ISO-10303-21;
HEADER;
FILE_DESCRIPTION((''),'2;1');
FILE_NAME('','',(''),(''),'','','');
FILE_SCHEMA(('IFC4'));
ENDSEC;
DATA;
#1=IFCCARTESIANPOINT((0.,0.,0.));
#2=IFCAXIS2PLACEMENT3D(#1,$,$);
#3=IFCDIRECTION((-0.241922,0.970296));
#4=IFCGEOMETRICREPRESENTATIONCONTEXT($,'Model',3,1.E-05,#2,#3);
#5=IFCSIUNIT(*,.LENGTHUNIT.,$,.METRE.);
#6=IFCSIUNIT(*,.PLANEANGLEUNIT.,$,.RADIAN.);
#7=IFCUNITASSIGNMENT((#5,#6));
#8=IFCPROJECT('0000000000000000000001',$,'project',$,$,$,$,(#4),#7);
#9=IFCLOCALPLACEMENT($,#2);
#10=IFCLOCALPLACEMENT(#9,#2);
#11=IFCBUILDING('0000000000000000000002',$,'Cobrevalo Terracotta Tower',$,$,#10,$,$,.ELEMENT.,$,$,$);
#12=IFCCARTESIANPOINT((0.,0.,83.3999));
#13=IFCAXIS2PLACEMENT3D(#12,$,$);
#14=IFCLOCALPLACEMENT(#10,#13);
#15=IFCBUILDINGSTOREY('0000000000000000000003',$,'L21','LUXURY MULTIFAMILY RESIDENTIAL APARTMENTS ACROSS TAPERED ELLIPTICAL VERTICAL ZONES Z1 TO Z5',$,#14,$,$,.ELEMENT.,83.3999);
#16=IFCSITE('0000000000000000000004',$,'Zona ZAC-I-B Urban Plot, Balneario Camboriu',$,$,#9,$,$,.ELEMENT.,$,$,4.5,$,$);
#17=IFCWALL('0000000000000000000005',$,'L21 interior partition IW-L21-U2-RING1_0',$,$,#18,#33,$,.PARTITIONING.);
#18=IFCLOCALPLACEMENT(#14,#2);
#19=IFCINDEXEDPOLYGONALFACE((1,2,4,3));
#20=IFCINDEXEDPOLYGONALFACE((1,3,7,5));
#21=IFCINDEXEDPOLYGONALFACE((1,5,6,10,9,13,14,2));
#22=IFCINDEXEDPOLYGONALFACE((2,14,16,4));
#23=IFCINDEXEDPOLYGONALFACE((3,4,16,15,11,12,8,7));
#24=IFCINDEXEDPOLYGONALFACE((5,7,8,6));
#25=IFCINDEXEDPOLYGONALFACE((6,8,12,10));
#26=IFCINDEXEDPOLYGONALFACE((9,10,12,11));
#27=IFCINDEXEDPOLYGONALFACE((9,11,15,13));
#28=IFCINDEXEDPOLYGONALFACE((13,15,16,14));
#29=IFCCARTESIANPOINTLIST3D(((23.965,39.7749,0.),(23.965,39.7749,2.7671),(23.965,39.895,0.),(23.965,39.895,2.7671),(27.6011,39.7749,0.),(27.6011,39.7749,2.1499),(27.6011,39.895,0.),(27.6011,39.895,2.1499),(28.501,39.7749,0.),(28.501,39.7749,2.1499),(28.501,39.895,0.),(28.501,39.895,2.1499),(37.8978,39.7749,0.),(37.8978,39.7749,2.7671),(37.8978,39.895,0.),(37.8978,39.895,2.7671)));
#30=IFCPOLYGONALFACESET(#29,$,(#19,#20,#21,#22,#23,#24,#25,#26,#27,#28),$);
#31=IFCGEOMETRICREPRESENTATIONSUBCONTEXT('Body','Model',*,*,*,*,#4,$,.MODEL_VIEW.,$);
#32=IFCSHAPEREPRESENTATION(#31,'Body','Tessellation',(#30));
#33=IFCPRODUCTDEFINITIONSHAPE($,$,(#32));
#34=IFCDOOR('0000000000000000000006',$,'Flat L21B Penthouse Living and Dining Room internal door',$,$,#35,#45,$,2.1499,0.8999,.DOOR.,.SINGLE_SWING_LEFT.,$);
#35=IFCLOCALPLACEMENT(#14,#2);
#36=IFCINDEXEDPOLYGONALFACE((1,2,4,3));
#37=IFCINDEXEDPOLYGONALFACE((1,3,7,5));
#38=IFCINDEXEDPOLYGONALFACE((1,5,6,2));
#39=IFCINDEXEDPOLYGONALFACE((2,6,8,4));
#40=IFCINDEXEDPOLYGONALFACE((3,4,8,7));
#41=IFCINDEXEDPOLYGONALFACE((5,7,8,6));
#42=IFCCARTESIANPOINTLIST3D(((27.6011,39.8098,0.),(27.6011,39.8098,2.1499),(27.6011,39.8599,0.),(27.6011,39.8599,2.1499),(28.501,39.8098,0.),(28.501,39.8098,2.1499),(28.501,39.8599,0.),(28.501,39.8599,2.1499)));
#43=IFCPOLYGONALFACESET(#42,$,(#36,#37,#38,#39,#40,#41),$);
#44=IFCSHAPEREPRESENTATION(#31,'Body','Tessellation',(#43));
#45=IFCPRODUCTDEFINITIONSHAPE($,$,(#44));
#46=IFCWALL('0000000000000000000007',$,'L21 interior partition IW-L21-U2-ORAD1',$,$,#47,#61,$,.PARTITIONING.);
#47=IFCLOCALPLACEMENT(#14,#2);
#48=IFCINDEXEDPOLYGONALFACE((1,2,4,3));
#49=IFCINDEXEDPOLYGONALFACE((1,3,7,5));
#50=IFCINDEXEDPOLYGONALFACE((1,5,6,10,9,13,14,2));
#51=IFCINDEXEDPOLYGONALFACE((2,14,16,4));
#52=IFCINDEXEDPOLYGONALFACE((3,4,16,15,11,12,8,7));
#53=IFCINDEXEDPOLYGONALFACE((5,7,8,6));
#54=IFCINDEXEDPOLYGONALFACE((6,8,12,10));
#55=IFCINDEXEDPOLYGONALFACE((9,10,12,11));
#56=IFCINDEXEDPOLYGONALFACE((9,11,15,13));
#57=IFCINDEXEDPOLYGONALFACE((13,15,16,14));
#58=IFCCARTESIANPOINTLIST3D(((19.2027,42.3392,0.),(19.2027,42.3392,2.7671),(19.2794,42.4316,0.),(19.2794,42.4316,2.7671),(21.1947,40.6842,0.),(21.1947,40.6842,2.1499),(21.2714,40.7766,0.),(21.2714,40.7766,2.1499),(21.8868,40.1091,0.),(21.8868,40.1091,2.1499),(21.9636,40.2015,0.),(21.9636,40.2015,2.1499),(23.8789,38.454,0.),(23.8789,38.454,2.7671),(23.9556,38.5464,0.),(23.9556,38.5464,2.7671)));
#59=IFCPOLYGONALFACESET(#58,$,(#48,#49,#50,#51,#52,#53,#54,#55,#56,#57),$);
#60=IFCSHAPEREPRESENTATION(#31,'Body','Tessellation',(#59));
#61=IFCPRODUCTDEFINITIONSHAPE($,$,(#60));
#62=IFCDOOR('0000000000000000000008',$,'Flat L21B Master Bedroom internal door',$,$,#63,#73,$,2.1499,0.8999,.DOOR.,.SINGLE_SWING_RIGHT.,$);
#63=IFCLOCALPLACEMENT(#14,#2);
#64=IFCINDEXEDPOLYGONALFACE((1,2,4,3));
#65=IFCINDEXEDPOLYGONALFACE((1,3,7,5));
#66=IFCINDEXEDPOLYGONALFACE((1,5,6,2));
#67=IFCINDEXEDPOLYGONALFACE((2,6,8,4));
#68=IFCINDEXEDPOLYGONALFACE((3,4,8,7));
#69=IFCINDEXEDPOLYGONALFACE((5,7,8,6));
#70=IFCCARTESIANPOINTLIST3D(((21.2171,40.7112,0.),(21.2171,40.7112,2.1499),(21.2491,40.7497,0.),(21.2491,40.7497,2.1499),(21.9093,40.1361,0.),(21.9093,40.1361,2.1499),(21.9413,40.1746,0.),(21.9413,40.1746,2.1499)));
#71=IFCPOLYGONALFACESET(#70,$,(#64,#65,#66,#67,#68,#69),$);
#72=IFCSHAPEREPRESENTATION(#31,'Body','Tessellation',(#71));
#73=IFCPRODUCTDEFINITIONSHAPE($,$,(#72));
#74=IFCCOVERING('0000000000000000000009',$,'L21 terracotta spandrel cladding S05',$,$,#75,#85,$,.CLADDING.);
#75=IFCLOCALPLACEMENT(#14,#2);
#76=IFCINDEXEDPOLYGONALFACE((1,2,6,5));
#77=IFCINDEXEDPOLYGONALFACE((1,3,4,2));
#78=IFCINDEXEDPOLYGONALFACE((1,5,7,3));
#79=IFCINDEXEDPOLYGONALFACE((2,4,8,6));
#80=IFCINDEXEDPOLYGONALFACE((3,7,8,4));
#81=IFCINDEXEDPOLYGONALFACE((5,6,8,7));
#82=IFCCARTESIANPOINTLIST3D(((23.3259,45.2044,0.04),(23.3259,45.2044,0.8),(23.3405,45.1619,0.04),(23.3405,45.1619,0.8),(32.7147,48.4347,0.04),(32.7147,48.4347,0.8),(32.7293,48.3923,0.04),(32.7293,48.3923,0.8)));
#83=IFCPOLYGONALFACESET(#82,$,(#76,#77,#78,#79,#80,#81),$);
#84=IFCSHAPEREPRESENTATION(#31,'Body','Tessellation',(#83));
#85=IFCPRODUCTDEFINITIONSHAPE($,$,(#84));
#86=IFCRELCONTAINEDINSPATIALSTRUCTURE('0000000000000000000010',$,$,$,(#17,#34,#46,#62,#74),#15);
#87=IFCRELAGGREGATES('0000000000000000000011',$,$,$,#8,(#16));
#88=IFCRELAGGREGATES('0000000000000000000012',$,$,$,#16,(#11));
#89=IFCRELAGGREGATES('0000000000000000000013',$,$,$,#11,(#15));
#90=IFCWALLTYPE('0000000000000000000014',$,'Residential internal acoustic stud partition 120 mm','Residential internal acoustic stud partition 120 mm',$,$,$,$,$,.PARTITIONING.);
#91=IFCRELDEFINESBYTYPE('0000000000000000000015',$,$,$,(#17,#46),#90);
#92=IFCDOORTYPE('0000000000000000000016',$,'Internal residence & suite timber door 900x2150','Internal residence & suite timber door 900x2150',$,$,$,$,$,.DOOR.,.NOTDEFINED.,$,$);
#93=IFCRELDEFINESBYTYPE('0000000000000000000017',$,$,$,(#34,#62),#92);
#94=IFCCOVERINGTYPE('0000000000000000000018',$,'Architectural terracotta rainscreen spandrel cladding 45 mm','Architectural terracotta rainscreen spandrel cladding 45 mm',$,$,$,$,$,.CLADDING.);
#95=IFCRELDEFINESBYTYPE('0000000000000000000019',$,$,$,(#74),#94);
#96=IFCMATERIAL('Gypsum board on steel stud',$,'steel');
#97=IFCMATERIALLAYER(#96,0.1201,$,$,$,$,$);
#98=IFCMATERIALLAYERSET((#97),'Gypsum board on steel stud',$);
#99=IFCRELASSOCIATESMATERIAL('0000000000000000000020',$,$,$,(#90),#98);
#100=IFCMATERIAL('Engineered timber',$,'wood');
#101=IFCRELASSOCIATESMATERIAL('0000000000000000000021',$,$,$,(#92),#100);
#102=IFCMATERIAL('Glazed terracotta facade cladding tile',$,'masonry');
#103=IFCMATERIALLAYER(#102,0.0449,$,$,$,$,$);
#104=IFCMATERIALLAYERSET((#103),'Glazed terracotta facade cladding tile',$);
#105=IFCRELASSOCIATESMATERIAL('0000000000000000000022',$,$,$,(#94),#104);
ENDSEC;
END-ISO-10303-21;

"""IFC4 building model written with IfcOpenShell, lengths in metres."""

from ifc_helpers import new_model, si_unit, direction, frame, frame_2d, origin, origin_2d, place, context, subcontext, project, spatial, rectangle, extrude, source, transform, mapped, material, layer, layer_set, type_object, element, fill, save


model = new_model("IFC4")

# Units and contexts
model_context = context("Model", 3, precision=1e-05, world=origin(), true_north=direction((-0.241922, 0.970296)))
body_context = subcontext(model_context, "Body", "Model", "MODEL_VIEW")
ifc_project = project(units=[si_unit("LENGTHUNIT", "METRE"), si_unit("PLANEANGLEUNIT", "RADIAN")], contexts=[model_context])

# Site, building, storey
site_placement = place(None, origin())
site = spatial("IfcSite", under=ifc_project, at=site_placement, Name="Zona ZAC-I-B Urban Plot, Balneario Camboriu", CompositionType="ELEMENT", RefElevation=4.5)
building_placement = place(site_placement, origin())
building = spatial("IfcBuilding", under=site, at=building_placement, Name="Cobrevalo Terracotta Tower", CompositionType="ELEMENT")
storey_placement = place(building_placement, frame((0.0, 0.0, 83.3999)))
storey = spatial("IfcBuildingStorey", under=building, at=storey_placement, Name="L21", Description="LUXURY MULTIFAMILY RESIDENTIAL APARTMENTS ACROSS TAPERED ELLIPTICAL VERTICAL ZONES Z1 TO Z5", CompositionType="ELEMENT", Elevation=83.3999)

# Shared definitions
ifc_material_1 = material(Name="Gypsum board on steel stud", Category="steel")

# Walls, openings, doors
ifc_layer_1 = layer(ifc_material_1, 0.1201)
ifc_layer_set_1 = layer_set([ifc_layer_1], Name="Gypsum board on steel stud")
wall_type_1 = type_object("IfcWallType", Name="Residential internal acoustic stud partition 120 mm", Description="Residential internal acoustic stud partition 120 mm", PredefinedType="PARTITIONING", material=ifc_layer_set_1)
wall_1_placement = place(storey_placement, frame((23.9651, 39.835, 0.0), z_axis=(0.0, 0.0, 1.0), x_axis=(1.0, 0.0, 0.0)))
wall_1 = element("IfcWall", 1, at=wall_1_placement, inside=storey, type_object=wall_type_1, Name="L21 interior partition IW-L21-U2-RING1_0", PredefinedType="PARTITIONING", context=body_context, shape_type="SweptSolid", body=[
    extrude(rectangle(XDim=13.9329, YDim=0.1201, at=frame_2d((6.9663, 0.0))), origin(), (0.0, 0.0, 1.0), 2.7671),
])
opening_1_placement = place(wall_1_placement, frame((3.636, 0.0, 0.0)))
opening_1 = element("IfcOpeningElement", 2, at=opening_1_placement, cuts=wall_1, PredefinedType="OPENING", context=body_context, shape_type="SweptSolid", body=[
    extrude(rectangle(XDim=0.8999, YDim=2.1499, at=frame_2d((0.45, 1.075))), frame((0.0, 0.0701, 0.0), z_axis=(0.0, -1.0, 0.0), x_axis=(1.0, 0.0, 0.0)), (0.0, 0.0, 1.0), 0.1401),
])
ifc_material_2 = material(Name="Engineered timber", Category="wood")
door_type_1 = type_object("IfcDoorType", Name="Internal residence & suite timber door 900x2150", Description="Internal residence & suite timber door 900x2150", OperationType="NOTDEFINED", PredefinedType="DOOR", material=ifc_material_2)
shared_shape_1 = source(origin(), body_context, "Body", "SweptSolid", [
    extrude(rectangle(XDim=0.8999, YDim=2.1499, at=frame_2d((0.45, 1.075))), frame((0.0, 0.0249, 0.0), z_axis=(0.0, -1.0, 0.0), x_axis=(1.0, 0.0, 0.0)), (0.0, 0.0, 1.0), 0.05),
])
door_1_placement = place(opening_1_placement, origin())
door_1 = element("IfcDoor", 3, at=door_1_placement, inside=storey, type_object=door_type_1, Name="Flat L21B Penthouse Living and Dining Room internal door", OperationType="SINGLE_SWING_LEFT", OverallHeight=2.1499, OverallWidth=0.8999, PredefinedType="DOOR", context=body_context, shape_type="MappedRepresentation", body=[
    mapped(shared_shape_1, transform((0.0, 0.0, 0.0), scale=1.0)),
])
fill(opening_1, door_1)
wall_2_placement = place(storey_placement, frame((23.9172, 38.5002, 0.0), z_axis=(0.0, 0.0, 1.0), x_axis=(-0.769162, 0.639054, 0.0)))
wall_2 = element("IfcWall", 4, at=wall_2_placement, inside=storey, type_object=wall_type_1, Name="L21 interior partition IW-L21-U2-ORAD1", PredefinedType="PARTITIONING", context=body_context, shape_type="SweptSolid", body=[
    extrude(rectangle(XDim=6.0796, YDim=0.1201, at=frame_2d((3.0398, 0.0))), origin(), (0.0, 0.0, 1.0), 2.7671),
])
opening_2_placement = place(wall_2_placement, frame((2.5898, 0.0, 0.0)))
opening_2 = element("IfcOpeningElement", 5, at=opening_2_placement, cuts=wall_2, PredefinedType="OPENING", context=body_context, shape_type="SweptSolid", body=[
    extrude(rectangle(XDim=0.8999, YDim=2.1499, at=frame_2d((0.45, 1.075))), frame((0.0, 0.0701, 0.0), z_axis=(0.0, -1.0, 0.0), x_axis=(1.0, 0.0, 0.0)), (0.0, 0.0, 1.0), 0.1401),
])
door_2_placement = place(opening_2_placement, origin())
door_2 = element("IfcDoor", 6, at=door_2_placement, inside=storey, type_object=door_type_1, Name="Flat L21B Master Bedroom internal door", OperationType="SINGLE_SWING_RIGHT", OverallHeight=2.1499, OverallWidth=0.8999, PredefinedType="DOOR", context=body_context, shape_type="MappedRepresentation", body=[
    mapped(shared_shape_1, transform((0.0, 0.0, 0.0), scale=1.0)),
])
fill(opening_2, door_2)

# Covering
ifc_material_3 = material(Name="Glazed terracotta facade cladding tile", Category="masonry")
ifc_layer_2 = layer(ifc_material_3, 0.0449)
ifc_layer_set_2 = layer_set([ifc_layer_2], Name="Glazed terracotta facade cladding tile")
covering_type = type_object("IfcCoveringType", Name="Architectural terracotta rainscreen spandrel cladding 45 mm", Description="Architectural terracotta rainscreen spandrel cladding 45 mm", PredefinedType="CLADDING", material=ifc_layer_set_2)
shared_shape_2 = source(origin(), body_context, "Body", "SweptSolid", [
    extrude(rectangle(XDim=9.929, YDim=0.0449, at=origin_2d()), origin(), (0.0, 0.0, 1.0), 0.76),
])
covering_placement = place(storey_placement, frame((28.0276, 46.7983, 0.04), z_axis=(0.0, 0.0, 1.0), x_axis=(-0.945596, -0.325342, 0.0)))
element("IfcCovering", 7, at=covering_placement, inside=storey, type_object=covering_type, Name="L21 terracotta spandrel cladding S05", PredefinedType="CLADDING", context=body_context, shape_type="MappedRepresentation", body=[
    mapped(shared_shape_2, transform((0.0, 0.0, 0.0), scale=1.0)),
])

save(model, "model.ifc")
